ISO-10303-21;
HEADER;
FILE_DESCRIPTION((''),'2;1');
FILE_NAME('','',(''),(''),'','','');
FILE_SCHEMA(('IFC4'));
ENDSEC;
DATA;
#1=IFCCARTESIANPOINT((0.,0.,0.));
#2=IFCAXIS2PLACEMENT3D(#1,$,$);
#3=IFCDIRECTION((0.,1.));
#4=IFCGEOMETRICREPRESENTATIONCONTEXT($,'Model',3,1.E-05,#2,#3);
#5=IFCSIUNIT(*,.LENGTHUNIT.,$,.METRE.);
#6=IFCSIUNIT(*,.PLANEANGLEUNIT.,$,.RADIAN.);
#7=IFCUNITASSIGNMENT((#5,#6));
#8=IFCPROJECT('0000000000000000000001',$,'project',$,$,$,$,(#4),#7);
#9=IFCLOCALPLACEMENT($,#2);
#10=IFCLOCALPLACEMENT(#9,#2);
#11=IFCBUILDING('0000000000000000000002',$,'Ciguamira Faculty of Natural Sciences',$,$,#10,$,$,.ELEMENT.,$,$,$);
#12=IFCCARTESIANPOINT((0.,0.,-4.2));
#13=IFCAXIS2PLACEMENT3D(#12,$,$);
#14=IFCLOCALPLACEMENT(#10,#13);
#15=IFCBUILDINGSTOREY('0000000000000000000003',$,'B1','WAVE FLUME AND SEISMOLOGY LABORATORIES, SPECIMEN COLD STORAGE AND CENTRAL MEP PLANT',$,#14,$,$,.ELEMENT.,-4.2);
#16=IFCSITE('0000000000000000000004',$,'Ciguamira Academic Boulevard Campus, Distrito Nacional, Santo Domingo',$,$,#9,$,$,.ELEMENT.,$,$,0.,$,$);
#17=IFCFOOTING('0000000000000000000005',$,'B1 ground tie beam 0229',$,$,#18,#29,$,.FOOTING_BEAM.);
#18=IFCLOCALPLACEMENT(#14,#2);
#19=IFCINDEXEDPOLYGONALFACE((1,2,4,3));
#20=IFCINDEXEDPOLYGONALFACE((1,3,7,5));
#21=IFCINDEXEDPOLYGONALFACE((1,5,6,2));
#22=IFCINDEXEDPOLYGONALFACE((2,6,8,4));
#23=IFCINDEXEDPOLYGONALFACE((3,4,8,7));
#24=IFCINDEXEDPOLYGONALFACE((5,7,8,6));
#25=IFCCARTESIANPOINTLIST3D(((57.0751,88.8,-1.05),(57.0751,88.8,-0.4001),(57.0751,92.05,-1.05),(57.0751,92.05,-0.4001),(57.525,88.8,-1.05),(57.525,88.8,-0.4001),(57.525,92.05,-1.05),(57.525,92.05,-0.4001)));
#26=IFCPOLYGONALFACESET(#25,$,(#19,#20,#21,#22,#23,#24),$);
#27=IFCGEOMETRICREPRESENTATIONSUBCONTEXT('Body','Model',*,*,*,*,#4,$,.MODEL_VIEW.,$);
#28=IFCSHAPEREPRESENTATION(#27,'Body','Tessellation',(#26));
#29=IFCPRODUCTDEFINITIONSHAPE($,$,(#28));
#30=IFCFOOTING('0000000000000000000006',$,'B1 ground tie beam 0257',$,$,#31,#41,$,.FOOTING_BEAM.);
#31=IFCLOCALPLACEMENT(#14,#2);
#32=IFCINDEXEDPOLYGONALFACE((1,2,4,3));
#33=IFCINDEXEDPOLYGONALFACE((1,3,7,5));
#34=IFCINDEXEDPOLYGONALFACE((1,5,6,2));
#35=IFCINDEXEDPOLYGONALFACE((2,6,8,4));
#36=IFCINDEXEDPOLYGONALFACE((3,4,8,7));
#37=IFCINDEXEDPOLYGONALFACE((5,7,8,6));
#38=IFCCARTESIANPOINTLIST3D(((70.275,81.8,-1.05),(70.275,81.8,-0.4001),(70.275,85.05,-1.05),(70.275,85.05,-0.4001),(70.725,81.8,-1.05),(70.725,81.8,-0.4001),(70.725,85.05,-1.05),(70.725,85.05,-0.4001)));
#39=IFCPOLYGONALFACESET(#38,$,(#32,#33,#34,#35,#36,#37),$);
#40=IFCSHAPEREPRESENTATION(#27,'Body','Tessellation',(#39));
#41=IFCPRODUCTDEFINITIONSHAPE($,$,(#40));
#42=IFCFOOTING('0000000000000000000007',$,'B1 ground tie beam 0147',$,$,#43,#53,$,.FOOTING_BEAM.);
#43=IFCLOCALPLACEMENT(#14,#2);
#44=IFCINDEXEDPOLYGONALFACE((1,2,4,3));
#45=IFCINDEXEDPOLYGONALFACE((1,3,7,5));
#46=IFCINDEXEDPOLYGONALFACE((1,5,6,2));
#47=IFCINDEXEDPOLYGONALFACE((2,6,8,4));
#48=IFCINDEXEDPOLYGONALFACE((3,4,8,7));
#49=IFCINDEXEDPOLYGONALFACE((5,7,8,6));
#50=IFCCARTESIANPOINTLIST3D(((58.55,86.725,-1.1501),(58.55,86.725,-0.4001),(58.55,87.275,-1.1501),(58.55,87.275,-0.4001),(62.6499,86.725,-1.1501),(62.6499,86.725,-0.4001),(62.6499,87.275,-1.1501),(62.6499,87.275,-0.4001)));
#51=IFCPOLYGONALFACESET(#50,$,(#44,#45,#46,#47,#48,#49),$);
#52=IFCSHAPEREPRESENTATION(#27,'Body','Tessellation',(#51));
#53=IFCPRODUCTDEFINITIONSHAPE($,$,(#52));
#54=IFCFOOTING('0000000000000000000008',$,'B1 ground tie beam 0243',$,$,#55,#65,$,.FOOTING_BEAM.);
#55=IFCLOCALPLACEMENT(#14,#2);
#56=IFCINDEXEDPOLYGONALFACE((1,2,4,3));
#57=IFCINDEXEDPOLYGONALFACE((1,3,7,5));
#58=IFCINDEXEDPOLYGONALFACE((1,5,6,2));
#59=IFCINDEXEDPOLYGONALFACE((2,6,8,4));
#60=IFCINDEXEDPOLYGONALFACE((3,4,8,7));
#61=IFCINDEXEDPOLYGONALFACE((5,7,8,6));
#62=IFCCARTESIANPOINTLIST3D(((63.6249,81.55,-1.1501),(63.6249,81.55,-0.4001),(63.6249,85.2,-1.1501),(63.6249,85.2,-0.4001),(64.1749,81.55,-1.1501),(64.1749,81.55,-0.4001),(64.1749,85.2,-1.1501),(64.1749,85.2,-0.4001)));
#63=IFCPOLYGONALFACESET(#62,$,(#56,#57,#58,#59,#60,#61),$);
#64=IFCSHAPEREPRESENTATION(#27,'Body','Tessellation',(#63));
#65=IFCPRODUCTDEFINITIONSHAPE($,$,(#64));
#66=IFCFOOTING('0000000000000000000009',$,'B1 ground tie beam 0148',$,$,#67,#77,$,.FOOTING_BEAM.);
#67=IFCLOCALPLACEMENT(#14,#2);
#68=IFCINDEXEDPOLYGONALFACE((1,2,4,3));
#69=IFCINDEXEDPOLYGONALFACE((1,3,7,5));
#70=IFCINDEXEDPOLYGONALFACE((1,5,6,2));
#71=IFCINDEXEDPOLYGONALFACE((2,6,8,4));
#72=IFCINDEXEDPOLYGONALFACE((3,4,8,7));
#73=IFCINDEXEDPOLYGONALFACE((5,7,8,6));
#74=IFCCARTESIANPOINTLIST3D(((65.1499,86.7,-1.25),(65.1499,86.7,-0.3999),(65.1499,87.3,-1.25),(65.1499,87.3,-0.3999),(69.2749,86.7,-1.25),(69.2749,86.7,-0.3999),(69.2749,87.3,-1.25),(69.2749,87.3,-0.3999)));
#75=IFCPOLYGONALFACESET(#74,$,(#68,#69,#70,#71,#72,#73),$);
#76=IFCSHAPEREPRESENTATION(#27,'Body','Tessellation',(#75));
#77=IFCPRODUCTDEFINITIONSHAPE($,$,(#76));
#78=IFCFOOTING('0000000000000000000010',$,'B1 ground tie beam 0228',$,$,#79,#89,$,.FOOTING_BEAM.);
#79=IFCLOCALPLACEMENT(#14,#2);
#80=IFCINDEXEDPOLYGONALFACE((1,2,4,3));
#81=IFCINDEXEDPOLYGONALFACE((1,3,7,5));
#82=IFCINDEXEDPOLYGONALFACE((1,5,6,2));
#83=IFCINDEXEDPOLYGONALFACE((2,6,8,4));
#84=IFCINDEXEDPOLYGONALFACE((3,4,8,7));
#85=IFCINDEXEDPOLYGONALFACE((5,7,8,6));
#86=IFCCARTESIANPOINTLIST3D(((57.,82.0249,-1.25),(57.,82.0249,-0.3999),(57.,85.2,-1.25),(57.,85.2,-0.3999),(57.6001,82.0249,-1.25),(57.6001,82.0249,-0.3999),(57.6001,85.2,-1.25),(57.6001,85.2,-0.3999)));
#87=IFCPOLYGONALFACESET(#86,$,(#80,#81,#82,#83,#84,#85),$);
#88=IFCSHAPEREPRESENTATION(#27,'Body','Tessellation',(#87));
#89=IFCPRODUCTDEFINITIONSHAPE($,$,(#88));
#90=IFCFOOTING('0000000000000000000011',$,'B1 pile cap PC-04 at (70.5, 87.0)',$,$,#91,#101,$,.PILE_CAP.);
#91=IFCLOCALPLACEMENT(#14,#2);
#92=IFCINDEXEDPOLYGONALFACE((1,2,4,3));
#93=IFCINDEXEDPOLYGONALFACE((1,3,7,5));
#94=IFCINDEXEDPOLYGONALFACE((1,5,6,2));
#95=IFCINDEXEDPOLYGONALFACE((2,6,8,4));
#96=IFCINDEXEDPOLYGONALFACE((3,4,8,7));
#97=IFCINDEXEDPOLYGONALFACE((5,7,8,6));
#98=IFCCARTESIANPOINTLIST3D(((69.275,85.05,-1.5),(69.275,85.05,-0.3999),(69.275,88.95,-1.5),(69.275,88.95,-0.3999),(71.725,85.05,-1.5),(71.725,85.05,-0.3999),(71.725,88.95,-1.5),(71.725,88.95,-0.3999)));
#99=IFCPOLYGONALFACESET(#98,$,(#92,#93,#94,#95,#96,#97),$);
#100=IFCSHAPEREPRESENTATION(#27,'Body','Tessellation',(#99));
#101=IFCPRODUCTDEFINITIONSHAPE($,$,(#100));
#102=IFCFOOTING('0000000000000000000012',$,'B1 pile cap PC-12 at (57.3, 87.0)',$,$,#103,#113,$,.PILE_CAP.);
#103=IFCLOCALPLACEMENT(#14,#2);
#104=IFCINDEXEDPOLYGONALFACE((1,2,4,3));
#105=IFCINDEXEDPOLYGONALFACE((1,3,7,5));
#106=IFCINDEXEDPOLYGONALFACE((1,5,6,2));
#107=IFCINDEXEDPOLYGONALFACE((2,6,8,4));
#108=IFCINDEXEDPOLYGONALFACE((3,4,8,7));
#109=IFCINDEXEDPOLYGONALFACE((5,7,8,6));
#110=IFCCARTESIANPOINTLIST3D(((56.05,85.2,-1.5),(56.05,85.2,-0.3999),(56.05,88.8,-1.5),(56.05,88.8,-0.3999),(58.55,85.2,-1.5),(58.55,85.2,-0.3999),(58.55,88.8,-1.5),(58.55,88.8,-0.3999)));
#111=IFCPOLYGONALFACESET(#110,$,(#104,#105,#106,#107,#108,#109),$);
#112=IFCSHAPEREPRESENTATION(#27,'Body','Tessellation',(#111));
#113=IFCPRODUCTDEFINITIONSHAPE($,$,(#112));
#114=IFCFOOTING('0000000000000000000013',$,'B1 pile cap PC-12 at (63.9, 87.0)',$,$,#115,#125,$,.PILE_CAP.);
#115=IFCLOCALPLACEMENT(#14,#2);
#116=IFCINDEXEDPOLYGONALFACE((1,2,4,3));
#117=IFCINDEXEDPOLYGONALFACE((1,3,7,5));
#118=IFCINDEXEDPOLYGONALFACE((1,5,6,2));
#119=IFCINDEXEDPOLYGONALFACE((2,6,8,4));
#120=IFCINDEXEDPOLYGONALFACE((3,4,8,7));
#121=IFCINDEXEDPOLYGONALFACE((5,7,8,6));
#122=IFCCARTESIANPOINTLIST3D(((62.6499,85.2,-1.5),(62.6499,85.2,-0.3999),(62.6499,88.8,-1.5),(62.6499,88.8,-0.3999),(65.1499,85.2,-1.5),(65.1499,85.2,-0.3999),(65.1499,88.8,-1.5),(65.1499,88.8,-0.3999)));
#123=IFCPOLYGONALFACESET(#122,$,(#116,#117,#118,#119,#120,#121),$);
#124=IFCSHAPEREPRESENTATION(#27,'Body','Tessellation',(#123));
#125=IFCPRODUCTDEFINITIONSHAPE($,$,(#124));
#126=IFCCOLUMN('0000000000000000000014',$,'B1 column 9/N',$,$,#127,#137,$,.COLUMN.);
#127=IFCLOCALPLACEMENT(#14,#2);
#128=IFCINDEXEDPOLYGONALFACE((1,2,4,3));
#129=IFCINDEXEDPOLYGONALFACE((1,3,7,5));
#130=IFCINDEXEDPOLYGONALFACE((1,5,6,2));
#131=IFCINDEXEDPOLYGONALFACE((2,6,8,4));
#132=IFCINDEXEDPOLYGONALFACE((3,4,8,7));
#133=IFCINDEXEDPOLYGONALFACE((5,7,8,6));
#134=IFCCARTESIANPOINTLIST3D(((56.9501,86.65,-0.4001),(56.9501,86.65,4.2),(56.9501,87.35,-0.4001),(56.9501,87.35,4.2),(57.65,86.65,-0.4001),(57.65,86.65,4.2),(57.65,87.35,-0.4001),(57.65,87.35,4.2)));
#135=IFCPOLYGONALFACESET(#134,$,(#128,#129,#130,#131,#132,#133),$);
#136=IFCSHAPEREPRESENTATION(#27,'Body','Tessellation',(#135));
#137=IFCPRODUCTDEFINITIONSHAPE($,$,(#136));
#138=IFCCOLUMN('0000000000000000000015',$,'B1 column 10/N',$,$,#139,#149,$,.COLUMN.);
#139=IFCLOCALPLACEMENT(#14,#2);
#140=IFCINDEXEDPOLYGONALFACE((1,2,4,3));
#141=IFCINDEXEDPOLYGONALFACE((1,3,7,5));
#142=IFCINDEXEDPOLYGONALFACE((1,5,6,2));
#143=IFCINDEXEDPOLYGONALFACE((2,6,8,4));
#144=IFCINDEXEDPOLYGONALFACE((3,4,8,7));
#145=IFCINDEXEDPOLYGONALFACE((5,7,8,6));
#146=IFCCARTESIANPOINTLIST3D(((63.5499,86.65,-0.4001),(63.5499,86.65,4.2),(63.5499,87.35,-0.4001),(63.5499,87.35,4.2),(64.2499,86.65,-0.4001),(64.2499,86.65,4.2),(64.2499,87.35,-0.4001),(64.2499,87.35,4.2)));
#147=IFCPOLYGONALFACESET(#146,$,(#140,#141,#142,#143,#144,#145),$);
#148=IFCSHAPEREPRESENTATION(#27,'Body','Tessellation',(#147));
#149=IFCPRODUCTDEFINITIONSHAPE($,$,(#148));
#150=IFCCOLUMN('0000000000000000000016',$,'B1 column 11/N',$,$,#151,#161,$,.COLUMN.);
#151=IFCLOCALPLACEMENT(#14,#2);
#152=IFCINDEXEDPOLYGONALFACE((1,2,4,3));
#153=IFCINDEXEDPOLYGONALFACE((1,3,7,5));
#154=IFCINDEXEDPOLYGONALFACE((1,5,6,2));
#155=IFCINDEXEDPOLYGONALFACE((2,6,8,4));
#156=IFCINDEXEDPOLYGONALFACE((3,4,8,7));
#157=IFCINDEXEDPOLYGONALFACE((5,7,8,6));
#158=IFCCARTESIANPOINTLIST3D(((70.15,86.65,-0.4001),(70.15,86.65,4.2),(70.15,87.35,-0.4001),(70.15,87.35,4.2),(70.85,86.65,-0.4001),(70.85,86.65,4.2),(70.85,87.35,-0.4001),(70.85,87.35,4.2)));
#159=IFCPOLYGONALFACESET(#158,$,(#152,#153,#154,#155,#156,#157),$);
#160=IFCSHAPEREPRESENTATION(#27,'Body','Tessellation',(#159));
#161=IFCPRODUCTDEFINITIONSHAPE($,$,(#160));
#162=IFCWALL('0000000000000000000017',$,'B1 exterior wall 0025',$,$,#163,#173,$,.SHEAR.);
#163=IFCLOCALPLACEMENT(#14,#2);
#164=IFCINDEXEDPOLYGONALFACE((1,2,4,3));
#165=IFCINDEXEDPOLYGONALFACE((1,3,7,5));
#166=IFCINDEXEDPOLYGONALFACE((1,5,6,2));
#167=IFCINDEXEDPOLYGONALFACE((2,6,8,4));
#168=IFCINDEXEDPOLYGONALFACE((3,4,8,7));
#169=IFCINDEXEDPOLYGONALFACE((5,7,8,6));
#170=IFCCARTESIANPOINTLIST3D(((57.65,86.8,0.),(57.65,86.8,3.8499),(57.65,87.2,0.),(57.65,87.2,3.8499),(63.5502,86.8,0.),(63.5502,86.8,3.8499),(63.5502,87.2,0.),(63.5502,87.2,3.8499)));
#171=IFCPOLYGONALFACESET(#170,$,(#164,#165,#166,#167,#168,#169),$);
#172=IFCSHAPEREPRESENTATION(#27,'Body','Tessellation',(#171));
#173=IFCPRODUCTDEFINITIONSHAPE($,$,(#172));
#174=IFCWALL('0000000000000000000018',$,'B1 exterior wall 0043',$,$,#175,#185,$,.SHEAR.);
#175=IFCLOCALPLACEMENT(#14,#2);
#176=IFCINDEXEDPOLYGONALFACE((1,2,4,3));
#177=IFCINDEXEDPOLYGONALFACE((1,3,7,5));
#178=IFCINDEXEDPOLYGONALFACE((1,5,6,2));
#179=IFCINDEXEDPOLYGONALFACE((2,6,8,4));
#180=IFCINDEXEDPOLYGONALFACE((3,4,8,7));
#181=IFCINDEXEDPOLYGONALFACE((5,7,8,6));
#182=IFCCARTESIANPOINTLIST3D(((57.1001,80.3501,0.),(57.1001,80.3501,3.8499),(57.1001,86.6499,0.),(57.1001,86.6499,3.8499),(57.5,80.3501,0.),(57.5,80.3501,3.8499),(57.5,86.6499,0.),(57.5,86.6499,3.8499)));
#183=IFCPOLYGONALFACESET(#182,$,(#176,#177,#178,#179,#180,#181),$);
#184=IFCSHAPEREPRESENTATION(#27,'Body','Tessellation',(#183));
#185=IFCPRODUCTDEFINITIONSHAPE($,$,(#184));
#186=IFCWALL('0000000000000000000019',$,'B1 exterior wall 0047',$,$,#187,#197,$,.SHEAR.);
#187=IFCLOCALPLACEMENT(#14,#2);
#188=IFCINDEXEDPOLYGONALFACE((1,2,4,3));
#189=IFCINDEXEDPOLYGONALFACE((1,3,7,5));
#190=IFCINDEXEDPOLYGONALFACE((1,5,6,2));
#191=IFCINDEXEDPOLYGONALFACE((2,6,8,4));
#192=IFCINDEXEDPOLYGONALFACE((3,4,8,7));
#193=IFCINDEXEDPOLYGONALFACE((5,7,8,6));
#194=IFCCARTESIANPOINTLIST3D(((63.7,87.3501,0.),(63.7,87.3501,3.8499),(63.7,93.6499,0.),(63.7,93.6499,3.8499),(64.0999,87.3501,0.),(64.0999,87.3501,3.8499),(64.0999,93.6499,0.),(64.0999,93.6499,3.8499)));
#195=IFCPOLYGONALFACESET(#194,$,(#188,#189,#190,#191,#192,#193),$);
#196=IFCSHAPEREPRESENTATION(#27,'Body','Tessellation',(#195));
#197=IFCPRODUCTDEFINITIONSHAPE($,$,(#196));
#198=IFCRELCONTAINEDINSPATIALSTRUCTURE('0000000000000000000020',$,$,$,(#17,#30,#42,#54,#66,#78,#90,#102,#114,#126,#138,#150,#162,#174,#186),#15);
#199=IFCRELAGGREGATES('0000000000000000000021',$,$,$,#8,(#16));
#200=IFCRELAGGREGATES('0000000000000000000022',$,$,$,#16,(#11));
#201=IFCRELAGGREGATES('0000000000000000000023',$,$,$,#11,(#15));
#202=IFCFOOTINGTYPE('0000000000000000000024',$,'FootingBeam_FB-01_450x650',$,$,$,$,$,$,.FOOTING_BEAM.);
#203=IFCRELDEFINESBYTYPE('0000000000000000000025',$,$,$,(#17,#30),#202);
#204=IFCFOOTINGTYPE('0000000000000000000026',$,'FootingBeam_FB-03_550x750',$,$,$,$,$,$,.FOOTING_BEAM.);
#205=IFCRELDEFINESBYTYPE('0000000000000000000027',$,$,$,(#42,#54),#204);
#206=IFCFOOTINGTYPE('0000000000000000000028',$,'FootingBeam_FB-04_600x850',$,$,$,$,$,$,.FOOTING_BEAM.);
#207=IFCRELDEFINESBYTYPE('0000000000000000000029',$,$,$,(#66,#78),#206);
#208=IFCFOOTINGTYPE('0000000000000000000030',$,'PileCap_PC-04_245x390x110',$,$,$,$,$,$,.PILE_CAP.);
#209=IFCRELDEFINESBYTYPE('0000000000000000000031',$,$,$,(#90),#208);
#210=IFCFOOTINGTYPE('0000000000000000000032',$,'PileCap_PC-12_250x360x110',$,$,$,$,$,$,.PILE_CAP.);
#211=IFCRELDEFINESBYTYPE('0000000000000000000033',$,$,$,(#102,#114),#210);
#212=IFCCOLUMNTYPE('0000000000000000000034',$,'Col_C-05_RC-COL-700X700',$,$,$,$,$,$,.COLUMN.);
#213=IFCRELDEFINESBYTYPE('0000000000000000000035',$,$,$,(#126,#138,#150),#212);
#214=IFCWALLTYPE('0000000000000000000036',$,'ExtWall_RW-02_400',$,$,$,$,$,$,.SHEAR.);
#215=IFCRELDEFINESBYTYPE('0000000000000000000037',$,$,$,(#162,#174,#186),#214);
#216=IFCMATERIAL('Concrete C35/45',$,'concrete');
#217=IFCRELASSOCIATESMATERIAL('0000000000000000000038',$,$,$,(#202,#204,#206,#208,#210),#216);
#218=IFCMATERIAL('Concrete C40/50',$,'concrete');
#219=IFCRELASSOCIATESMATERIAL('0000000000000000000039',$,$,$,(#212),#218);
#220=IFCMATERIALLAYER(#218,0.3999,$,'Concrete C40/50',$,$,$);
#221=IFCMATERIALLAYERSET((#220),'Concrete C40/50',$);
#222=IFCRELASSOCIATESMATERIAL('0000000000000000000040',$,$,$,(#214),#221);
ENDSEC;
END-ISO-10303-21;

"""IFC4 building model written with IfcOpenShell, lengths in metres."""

from ifc_helpers import new_model, si_unit, direction, frame, frame_2d, origin, origin_2d, place, context, subcontext, project, spatial, rectangle, extrude, material, layer, layer_set, material_profile, profile_set, type_object, element, save


model = new_model("IFC4")

# Units and contexts
model_context = context("Model", 3, precision=1e-05, world=origin(), true_north=direction((0.0, 1.0)))
body_context = subcontext(model_context, "Body", "Model", "MODEL_VIEW")
ifc_project = project(units=[si_unit("LENGTHUNIT", "METRE"), si_unit("PLANEANGLEUNIT", "RADIAN")], contexts=[model_context])

# Site, building, storey
site_placement = place(None, origin())
site = spatial("IfcSite", under=ifc_project, at=site_placement, Name="Ciguamira Academic Boulevard Campus, Distrito Nacional, Santo Domingo", CompositionType="ELEMENT", RefElevation=0.0)
building_placement = place(site_placement, origin())
building = spatial("IfcBuilding", under=site, at=building_placement, Name="Ciguamira Faculty of Natural Sciences", CompositionType="ELEMENT")
storey_placement = place(building_placement, frame((0.0, 0.0, -4.2)))
storey = spatial("IfcBuildingStorey", under=building, at=storey_placement, Name="B1", Description="WAVE FLUME AND SEISMOLOGY LABORATORIES, SPECIMEN COLD STORAGE AND CENTRAL MEP PLANT", CompositionType="ELEMENT", Elevation=-4.2)

# Shared definitions
ifc_material_1 = material(Name="Concrete C35/45", Category="concrete")

# Footings
ifc_material_profile_1 = material_profile(ifc_material_1, rectangle(XDim=0.45, YDim=0.6499, at=origin_2d()), Name="RC-FB-450X650")
ifc_profile_set_1 = profile_set([ifc_material_profile_1], Name="Concrete C35/45")
footing_type_1 = type_object("IfcFootingType", Name="FootingBeam_FB-01_450x650", PredefinedType="FOOTING_BEAM", material=ifc_profile_set_1)
for number, where, z_axis, x_axis, name in (
    (1, (57.3, 88.8, -0.7251), (0.0, 1.0, 0.0), (-1.0, 0.0, 0.0), "B1 ground tie beam 0229"),
    (2, (70.5, 81.8, -0.7251), (0.0, 1.0, 0.0), (-1.0, 0.0, 0.0), "B1 ground tie beam 0257"),
):
    element("IfcFooting", number, at=place(storey_placement, frame(where, z_axis=z_axis, x_axis=x_axis)), inside=storey, type_object=footing_type_1, Name=name, PredefinedType="FOOTING_BEAM", context=body_context, shape_type="SweptSolid", body=[
        extrude(rectangle(XDim=0.45, YDim=0.6499, at=origin_2d()), origin(), (0.0, 0.0, 1.0), 3.25),
    ])
ifc_material_profile_2 = material_profile(ifc_material_1, rectangle(XDim=0.55, YDim=0.75, at=origin_2d()), Name="RC-FB-550X750")
ifc_profile_set_2 = profile_set([ifc_material_profile_2], Name="Concrete C35/45")
footing_type_2 = type_object("IfcFootingType", Name="FootingBeam_FB-03_550x750", PredefinedType="FOOTING_BEAM", material=ifc_profile_set_2)
footing_1_placement = place(storey_placement, frame((58.55, 87.0, -0.7751), z_axis=(1.0, 0.0, 0.0), x_axis=(0.0, 1.0, 0.0)))
element("IfcFooting", 3, at=footing_1_placement, inside=storey, type_object=footing_type_2, Name="B1 ground tie beam 0147", PredefinedType="FOOTING_BEAM", context=body_context, shape_type="SweptSolid", body=[
    extrude(rectangle(XDim=0.55, YDim=0.75, at=origin_2d()), origin(), (0.0, 0.0, 1.0), 4.0999),
])
footing_2_placement = place(storey_placement, frame((63.8999, 81.55, -0.7751), z_axis=(0.0, 1.0, 0.0), x_axis=(-1.0, 0.0, 0.0)))
element("IfcFooting", 4, at=footing_2_placement, inside=storey, type_object=footing_type_2, Name="B1 ground tie beam 0243", PredefinedType="FOOTING_BEAM", context=body_context, shape_type="SweptSolid", body=[
    extrude(rectangle(XDim=0.55, YDim=0.75, at=origin_2d()), origin(), (0.0, 0.0, 1.0), 3.6499),
])
ifc_material_profile_3 = material_profile(ifc_material_1, rectangle(XDim=0.6001, YDim=0.8501, at=origin_2d()), Name="RC-FB-600X850")
ifc_profile_set_3 = profile_set([ifc_material_profile_3], Name="Concrete C35/45")
footing_type_3 = type_object("IfcFootingType", Name="FootingBeam_FB-04_600x850", PredefinedType="FOOTING_BEAM", material=ifc_profile_set_3)
footing_3_placement = place(storey_placement, frame((65.1499, 87.0, -0.825), z_axis=(1.0, 0.0, 0.0), x_axis=(0.0, 1.0, 0.0)))
element("IfcFooting", 5, at=footing_3_placement, inside=storey, type_object=footing_type_3, Name="B1 ground tie beam 0148", PredefinedType="FOOTING_BEAM", context=body_context, shape_type="SweptSolid", body=[
    extrude(rectangle(XDim=0.6001, YDim=0.8501, at=origin_2d()), origin(), (0.0, 0.0, 1.0), 4.125),
])
footing_4_placement = place(storey_placement, frame((57.3, 82.0249, -0.825), z_axis=(0.0, 1.0, 0.0), x_axis=(-1.0, 0.0, 0.0)))
element("IfcFooting", 6, at=footing_4_placement, inside=storey, type_object=footing_type_3, Name="B1 ground tie beam 0228", PredefinedType="FOOTING_BEAM", context=body_context, shape_type="SweptSolid", body=[
    extrude(rectangle(XDim=0.6001, YDim=0.8501, at=origin_2d()), origin(), (0.0, 0.0, 1.0), 3.175),
])
footing_type_4 = type_object("IfcFootingType", Name="PileCap_PC-04_245x390x110", PredefinedType="PILE_CAP", material=ifc_material_1)
footing_5_placement = place(storey_placement, frame((70.5, 87.0, -1.5), z_axis=(0.0, 0.0, 1.0), x_axis=(1.0, 0.0, 0.0)))
element("IfcFooting", 7, at=footing_5_placement, inside=storey, type_object=footing_type_4, Name="B1 pile cap PC-04 at (70.5, 87.0)", PredefinedType="PILE_CAP", context=body_context, shape_type="SweptSolid", body=[
    extrude(rectangle(XDim=2.45, YDim=3.8999, at=origin_2d()), origin(), (0.0, 0.0, 1.0), 1.1001),
])
footing_type_5 = type_object("IfcFootingType", Name="PileCap_PC-12_250x360x110", PredefinedType="PILE_CAP", material=ifc_material_1)
for number, where, z_axis, x_axis, name in (
    (8, (57.3, 87.0, -1.5), (0.0, 0.0, 1.0), (1.0, 0.0, 0.0), "B1 pile cap PC-12 at (57.3, 87.0)"),
    (9, (63.8999, 87.0, -1.5), (0.0, 0.0, 1.0), (1.0, 0.0, 0.0), "B1 pile cap PC-12 at (63.9, 87.0)"),
):
    element("IfcFooting", number, at=place(storey_placement, frame(where, z_axis=z_axis, x_axis=x_axis)), inside=storey, type_object=footing_type_5, Name=name, PredefinedType="PILE_CAP", context=body_context, shape_type="SweptSolid", body=[
        extrude(rectangle(XDim=2.5, YDim=3.6001, at=origin_2d()), origin(), (0.0, 0.0, 1.0), 1.1001),
    ])

# Columns
ifc_material_2 = material(Name="Concrete C40/50", Category="concrete")
ifc_material_profile_4 = material_profile(ifc_material_2, rectangle(XDim=0.7, YDim=0.7, at=origin_2d()), Name="RC-COL-700X700")
ifc_profile_set_4 = profile_set([ifc_material_profile_4], Name="Concrete C40/50")
column_type = type_object("IfcColumnType", Name="Col_C-05_RC-COL-700X700", PredefinedType="COLUMN", material=ifc_profile_set_4)
for number, where, z_axis, x_axis, name in (
    (10, (57.3, 87.0, -0.4001), (0.0, 0.0, 1.0), (1.0, 0.0, 0.0), "B1 column 9/N"),
    (11, (63.8999, 87.0, -0.4001), (0.0, 0.0, 1.0), (1.0, 0.0, 0.0), "B1 column 10/N"),
    (12, (70.5, 87.0, -0.4001), (0.0, 0.0, 1.0), (1.0, 0.0, 0.0), "B1 column 11/N"),
):
    element("IfcColumn", number, at=place(storey_placement, frame(where, z_axis=z_axis, x_axis=x_axis)), inside=storey, type_object=column_type, Name=name, PredefinedType="COLUMN", context=body_context, shape_type="SweptSolid", body=[
        extrude(rectangle(XDim=0.7, YDim=0.7, at=origin_2d()), origin(), (0.0, 0.0, 1.0), 4.6001),
    ])

# Walls
ifc_layer_1 = layer(ifc_material_2, 0.3999, Name="Concrete C40/50")
ifc_layer_set_1 = layer_set([ifc_layer_1], Name="Concrete C40/50")
wall_type_1 = type_object("IfcWallType", Name="ExtWall_RW-02_400", PredefinedType="SHEAR", material=ifc_layer_set_1)
wall_1_placement = place(storey_placement, frame((57.6499, 87.0, 0.0), z_axis=(0.0, 0.0, 1.0), x_axis=(1.0, 0.0, 0.0)))
element("IfcWall", 13, at=wall_1_placement, inside=storey, type_object=wall_type_1, Name="B1 exterior wall 0025", PredefinedType="SHEAR", context=body_context, shape_type="SweptSolid", body=[
    extrude(rectangle(XDim=5.9001, YDim=0.3999, at=frame_2d((2.9502, 0.0))), origin(), (0.0, 0.0, 1.0), 3.8499),
])
for number, where, z_axis, x_axis, name in (
    (14, (57.3, 80.3501, 0.0), (0.0, 0.0, 1.0), (0.0, 1.0, 0.0), "B1 exterior wall 0043"),
    (15, (63.8999, 87.3501, 0.0), (0.0, 0.0, 1.0), (0.0, 1.0, 0.0), "B1 exterior wall 0047"),
):
    element("IfcWall", number, at=place(storey_placement, frame(where, z_axis=z_axis, x_axis=x_axis)), inside=storey, type_object=wall_type_1, Name=name, PredefinedType="SHEAR", context=body_context, shape_type="SweptSolid", body=[
        extrude(rectangle(XDim=6.2998, YDim=0.3999, at=frame_2d((3.1499, 0.0))), origin(), (0.0, 0.0, 1.0), 3.8499),
    ])

save(model, "model.ifc")
